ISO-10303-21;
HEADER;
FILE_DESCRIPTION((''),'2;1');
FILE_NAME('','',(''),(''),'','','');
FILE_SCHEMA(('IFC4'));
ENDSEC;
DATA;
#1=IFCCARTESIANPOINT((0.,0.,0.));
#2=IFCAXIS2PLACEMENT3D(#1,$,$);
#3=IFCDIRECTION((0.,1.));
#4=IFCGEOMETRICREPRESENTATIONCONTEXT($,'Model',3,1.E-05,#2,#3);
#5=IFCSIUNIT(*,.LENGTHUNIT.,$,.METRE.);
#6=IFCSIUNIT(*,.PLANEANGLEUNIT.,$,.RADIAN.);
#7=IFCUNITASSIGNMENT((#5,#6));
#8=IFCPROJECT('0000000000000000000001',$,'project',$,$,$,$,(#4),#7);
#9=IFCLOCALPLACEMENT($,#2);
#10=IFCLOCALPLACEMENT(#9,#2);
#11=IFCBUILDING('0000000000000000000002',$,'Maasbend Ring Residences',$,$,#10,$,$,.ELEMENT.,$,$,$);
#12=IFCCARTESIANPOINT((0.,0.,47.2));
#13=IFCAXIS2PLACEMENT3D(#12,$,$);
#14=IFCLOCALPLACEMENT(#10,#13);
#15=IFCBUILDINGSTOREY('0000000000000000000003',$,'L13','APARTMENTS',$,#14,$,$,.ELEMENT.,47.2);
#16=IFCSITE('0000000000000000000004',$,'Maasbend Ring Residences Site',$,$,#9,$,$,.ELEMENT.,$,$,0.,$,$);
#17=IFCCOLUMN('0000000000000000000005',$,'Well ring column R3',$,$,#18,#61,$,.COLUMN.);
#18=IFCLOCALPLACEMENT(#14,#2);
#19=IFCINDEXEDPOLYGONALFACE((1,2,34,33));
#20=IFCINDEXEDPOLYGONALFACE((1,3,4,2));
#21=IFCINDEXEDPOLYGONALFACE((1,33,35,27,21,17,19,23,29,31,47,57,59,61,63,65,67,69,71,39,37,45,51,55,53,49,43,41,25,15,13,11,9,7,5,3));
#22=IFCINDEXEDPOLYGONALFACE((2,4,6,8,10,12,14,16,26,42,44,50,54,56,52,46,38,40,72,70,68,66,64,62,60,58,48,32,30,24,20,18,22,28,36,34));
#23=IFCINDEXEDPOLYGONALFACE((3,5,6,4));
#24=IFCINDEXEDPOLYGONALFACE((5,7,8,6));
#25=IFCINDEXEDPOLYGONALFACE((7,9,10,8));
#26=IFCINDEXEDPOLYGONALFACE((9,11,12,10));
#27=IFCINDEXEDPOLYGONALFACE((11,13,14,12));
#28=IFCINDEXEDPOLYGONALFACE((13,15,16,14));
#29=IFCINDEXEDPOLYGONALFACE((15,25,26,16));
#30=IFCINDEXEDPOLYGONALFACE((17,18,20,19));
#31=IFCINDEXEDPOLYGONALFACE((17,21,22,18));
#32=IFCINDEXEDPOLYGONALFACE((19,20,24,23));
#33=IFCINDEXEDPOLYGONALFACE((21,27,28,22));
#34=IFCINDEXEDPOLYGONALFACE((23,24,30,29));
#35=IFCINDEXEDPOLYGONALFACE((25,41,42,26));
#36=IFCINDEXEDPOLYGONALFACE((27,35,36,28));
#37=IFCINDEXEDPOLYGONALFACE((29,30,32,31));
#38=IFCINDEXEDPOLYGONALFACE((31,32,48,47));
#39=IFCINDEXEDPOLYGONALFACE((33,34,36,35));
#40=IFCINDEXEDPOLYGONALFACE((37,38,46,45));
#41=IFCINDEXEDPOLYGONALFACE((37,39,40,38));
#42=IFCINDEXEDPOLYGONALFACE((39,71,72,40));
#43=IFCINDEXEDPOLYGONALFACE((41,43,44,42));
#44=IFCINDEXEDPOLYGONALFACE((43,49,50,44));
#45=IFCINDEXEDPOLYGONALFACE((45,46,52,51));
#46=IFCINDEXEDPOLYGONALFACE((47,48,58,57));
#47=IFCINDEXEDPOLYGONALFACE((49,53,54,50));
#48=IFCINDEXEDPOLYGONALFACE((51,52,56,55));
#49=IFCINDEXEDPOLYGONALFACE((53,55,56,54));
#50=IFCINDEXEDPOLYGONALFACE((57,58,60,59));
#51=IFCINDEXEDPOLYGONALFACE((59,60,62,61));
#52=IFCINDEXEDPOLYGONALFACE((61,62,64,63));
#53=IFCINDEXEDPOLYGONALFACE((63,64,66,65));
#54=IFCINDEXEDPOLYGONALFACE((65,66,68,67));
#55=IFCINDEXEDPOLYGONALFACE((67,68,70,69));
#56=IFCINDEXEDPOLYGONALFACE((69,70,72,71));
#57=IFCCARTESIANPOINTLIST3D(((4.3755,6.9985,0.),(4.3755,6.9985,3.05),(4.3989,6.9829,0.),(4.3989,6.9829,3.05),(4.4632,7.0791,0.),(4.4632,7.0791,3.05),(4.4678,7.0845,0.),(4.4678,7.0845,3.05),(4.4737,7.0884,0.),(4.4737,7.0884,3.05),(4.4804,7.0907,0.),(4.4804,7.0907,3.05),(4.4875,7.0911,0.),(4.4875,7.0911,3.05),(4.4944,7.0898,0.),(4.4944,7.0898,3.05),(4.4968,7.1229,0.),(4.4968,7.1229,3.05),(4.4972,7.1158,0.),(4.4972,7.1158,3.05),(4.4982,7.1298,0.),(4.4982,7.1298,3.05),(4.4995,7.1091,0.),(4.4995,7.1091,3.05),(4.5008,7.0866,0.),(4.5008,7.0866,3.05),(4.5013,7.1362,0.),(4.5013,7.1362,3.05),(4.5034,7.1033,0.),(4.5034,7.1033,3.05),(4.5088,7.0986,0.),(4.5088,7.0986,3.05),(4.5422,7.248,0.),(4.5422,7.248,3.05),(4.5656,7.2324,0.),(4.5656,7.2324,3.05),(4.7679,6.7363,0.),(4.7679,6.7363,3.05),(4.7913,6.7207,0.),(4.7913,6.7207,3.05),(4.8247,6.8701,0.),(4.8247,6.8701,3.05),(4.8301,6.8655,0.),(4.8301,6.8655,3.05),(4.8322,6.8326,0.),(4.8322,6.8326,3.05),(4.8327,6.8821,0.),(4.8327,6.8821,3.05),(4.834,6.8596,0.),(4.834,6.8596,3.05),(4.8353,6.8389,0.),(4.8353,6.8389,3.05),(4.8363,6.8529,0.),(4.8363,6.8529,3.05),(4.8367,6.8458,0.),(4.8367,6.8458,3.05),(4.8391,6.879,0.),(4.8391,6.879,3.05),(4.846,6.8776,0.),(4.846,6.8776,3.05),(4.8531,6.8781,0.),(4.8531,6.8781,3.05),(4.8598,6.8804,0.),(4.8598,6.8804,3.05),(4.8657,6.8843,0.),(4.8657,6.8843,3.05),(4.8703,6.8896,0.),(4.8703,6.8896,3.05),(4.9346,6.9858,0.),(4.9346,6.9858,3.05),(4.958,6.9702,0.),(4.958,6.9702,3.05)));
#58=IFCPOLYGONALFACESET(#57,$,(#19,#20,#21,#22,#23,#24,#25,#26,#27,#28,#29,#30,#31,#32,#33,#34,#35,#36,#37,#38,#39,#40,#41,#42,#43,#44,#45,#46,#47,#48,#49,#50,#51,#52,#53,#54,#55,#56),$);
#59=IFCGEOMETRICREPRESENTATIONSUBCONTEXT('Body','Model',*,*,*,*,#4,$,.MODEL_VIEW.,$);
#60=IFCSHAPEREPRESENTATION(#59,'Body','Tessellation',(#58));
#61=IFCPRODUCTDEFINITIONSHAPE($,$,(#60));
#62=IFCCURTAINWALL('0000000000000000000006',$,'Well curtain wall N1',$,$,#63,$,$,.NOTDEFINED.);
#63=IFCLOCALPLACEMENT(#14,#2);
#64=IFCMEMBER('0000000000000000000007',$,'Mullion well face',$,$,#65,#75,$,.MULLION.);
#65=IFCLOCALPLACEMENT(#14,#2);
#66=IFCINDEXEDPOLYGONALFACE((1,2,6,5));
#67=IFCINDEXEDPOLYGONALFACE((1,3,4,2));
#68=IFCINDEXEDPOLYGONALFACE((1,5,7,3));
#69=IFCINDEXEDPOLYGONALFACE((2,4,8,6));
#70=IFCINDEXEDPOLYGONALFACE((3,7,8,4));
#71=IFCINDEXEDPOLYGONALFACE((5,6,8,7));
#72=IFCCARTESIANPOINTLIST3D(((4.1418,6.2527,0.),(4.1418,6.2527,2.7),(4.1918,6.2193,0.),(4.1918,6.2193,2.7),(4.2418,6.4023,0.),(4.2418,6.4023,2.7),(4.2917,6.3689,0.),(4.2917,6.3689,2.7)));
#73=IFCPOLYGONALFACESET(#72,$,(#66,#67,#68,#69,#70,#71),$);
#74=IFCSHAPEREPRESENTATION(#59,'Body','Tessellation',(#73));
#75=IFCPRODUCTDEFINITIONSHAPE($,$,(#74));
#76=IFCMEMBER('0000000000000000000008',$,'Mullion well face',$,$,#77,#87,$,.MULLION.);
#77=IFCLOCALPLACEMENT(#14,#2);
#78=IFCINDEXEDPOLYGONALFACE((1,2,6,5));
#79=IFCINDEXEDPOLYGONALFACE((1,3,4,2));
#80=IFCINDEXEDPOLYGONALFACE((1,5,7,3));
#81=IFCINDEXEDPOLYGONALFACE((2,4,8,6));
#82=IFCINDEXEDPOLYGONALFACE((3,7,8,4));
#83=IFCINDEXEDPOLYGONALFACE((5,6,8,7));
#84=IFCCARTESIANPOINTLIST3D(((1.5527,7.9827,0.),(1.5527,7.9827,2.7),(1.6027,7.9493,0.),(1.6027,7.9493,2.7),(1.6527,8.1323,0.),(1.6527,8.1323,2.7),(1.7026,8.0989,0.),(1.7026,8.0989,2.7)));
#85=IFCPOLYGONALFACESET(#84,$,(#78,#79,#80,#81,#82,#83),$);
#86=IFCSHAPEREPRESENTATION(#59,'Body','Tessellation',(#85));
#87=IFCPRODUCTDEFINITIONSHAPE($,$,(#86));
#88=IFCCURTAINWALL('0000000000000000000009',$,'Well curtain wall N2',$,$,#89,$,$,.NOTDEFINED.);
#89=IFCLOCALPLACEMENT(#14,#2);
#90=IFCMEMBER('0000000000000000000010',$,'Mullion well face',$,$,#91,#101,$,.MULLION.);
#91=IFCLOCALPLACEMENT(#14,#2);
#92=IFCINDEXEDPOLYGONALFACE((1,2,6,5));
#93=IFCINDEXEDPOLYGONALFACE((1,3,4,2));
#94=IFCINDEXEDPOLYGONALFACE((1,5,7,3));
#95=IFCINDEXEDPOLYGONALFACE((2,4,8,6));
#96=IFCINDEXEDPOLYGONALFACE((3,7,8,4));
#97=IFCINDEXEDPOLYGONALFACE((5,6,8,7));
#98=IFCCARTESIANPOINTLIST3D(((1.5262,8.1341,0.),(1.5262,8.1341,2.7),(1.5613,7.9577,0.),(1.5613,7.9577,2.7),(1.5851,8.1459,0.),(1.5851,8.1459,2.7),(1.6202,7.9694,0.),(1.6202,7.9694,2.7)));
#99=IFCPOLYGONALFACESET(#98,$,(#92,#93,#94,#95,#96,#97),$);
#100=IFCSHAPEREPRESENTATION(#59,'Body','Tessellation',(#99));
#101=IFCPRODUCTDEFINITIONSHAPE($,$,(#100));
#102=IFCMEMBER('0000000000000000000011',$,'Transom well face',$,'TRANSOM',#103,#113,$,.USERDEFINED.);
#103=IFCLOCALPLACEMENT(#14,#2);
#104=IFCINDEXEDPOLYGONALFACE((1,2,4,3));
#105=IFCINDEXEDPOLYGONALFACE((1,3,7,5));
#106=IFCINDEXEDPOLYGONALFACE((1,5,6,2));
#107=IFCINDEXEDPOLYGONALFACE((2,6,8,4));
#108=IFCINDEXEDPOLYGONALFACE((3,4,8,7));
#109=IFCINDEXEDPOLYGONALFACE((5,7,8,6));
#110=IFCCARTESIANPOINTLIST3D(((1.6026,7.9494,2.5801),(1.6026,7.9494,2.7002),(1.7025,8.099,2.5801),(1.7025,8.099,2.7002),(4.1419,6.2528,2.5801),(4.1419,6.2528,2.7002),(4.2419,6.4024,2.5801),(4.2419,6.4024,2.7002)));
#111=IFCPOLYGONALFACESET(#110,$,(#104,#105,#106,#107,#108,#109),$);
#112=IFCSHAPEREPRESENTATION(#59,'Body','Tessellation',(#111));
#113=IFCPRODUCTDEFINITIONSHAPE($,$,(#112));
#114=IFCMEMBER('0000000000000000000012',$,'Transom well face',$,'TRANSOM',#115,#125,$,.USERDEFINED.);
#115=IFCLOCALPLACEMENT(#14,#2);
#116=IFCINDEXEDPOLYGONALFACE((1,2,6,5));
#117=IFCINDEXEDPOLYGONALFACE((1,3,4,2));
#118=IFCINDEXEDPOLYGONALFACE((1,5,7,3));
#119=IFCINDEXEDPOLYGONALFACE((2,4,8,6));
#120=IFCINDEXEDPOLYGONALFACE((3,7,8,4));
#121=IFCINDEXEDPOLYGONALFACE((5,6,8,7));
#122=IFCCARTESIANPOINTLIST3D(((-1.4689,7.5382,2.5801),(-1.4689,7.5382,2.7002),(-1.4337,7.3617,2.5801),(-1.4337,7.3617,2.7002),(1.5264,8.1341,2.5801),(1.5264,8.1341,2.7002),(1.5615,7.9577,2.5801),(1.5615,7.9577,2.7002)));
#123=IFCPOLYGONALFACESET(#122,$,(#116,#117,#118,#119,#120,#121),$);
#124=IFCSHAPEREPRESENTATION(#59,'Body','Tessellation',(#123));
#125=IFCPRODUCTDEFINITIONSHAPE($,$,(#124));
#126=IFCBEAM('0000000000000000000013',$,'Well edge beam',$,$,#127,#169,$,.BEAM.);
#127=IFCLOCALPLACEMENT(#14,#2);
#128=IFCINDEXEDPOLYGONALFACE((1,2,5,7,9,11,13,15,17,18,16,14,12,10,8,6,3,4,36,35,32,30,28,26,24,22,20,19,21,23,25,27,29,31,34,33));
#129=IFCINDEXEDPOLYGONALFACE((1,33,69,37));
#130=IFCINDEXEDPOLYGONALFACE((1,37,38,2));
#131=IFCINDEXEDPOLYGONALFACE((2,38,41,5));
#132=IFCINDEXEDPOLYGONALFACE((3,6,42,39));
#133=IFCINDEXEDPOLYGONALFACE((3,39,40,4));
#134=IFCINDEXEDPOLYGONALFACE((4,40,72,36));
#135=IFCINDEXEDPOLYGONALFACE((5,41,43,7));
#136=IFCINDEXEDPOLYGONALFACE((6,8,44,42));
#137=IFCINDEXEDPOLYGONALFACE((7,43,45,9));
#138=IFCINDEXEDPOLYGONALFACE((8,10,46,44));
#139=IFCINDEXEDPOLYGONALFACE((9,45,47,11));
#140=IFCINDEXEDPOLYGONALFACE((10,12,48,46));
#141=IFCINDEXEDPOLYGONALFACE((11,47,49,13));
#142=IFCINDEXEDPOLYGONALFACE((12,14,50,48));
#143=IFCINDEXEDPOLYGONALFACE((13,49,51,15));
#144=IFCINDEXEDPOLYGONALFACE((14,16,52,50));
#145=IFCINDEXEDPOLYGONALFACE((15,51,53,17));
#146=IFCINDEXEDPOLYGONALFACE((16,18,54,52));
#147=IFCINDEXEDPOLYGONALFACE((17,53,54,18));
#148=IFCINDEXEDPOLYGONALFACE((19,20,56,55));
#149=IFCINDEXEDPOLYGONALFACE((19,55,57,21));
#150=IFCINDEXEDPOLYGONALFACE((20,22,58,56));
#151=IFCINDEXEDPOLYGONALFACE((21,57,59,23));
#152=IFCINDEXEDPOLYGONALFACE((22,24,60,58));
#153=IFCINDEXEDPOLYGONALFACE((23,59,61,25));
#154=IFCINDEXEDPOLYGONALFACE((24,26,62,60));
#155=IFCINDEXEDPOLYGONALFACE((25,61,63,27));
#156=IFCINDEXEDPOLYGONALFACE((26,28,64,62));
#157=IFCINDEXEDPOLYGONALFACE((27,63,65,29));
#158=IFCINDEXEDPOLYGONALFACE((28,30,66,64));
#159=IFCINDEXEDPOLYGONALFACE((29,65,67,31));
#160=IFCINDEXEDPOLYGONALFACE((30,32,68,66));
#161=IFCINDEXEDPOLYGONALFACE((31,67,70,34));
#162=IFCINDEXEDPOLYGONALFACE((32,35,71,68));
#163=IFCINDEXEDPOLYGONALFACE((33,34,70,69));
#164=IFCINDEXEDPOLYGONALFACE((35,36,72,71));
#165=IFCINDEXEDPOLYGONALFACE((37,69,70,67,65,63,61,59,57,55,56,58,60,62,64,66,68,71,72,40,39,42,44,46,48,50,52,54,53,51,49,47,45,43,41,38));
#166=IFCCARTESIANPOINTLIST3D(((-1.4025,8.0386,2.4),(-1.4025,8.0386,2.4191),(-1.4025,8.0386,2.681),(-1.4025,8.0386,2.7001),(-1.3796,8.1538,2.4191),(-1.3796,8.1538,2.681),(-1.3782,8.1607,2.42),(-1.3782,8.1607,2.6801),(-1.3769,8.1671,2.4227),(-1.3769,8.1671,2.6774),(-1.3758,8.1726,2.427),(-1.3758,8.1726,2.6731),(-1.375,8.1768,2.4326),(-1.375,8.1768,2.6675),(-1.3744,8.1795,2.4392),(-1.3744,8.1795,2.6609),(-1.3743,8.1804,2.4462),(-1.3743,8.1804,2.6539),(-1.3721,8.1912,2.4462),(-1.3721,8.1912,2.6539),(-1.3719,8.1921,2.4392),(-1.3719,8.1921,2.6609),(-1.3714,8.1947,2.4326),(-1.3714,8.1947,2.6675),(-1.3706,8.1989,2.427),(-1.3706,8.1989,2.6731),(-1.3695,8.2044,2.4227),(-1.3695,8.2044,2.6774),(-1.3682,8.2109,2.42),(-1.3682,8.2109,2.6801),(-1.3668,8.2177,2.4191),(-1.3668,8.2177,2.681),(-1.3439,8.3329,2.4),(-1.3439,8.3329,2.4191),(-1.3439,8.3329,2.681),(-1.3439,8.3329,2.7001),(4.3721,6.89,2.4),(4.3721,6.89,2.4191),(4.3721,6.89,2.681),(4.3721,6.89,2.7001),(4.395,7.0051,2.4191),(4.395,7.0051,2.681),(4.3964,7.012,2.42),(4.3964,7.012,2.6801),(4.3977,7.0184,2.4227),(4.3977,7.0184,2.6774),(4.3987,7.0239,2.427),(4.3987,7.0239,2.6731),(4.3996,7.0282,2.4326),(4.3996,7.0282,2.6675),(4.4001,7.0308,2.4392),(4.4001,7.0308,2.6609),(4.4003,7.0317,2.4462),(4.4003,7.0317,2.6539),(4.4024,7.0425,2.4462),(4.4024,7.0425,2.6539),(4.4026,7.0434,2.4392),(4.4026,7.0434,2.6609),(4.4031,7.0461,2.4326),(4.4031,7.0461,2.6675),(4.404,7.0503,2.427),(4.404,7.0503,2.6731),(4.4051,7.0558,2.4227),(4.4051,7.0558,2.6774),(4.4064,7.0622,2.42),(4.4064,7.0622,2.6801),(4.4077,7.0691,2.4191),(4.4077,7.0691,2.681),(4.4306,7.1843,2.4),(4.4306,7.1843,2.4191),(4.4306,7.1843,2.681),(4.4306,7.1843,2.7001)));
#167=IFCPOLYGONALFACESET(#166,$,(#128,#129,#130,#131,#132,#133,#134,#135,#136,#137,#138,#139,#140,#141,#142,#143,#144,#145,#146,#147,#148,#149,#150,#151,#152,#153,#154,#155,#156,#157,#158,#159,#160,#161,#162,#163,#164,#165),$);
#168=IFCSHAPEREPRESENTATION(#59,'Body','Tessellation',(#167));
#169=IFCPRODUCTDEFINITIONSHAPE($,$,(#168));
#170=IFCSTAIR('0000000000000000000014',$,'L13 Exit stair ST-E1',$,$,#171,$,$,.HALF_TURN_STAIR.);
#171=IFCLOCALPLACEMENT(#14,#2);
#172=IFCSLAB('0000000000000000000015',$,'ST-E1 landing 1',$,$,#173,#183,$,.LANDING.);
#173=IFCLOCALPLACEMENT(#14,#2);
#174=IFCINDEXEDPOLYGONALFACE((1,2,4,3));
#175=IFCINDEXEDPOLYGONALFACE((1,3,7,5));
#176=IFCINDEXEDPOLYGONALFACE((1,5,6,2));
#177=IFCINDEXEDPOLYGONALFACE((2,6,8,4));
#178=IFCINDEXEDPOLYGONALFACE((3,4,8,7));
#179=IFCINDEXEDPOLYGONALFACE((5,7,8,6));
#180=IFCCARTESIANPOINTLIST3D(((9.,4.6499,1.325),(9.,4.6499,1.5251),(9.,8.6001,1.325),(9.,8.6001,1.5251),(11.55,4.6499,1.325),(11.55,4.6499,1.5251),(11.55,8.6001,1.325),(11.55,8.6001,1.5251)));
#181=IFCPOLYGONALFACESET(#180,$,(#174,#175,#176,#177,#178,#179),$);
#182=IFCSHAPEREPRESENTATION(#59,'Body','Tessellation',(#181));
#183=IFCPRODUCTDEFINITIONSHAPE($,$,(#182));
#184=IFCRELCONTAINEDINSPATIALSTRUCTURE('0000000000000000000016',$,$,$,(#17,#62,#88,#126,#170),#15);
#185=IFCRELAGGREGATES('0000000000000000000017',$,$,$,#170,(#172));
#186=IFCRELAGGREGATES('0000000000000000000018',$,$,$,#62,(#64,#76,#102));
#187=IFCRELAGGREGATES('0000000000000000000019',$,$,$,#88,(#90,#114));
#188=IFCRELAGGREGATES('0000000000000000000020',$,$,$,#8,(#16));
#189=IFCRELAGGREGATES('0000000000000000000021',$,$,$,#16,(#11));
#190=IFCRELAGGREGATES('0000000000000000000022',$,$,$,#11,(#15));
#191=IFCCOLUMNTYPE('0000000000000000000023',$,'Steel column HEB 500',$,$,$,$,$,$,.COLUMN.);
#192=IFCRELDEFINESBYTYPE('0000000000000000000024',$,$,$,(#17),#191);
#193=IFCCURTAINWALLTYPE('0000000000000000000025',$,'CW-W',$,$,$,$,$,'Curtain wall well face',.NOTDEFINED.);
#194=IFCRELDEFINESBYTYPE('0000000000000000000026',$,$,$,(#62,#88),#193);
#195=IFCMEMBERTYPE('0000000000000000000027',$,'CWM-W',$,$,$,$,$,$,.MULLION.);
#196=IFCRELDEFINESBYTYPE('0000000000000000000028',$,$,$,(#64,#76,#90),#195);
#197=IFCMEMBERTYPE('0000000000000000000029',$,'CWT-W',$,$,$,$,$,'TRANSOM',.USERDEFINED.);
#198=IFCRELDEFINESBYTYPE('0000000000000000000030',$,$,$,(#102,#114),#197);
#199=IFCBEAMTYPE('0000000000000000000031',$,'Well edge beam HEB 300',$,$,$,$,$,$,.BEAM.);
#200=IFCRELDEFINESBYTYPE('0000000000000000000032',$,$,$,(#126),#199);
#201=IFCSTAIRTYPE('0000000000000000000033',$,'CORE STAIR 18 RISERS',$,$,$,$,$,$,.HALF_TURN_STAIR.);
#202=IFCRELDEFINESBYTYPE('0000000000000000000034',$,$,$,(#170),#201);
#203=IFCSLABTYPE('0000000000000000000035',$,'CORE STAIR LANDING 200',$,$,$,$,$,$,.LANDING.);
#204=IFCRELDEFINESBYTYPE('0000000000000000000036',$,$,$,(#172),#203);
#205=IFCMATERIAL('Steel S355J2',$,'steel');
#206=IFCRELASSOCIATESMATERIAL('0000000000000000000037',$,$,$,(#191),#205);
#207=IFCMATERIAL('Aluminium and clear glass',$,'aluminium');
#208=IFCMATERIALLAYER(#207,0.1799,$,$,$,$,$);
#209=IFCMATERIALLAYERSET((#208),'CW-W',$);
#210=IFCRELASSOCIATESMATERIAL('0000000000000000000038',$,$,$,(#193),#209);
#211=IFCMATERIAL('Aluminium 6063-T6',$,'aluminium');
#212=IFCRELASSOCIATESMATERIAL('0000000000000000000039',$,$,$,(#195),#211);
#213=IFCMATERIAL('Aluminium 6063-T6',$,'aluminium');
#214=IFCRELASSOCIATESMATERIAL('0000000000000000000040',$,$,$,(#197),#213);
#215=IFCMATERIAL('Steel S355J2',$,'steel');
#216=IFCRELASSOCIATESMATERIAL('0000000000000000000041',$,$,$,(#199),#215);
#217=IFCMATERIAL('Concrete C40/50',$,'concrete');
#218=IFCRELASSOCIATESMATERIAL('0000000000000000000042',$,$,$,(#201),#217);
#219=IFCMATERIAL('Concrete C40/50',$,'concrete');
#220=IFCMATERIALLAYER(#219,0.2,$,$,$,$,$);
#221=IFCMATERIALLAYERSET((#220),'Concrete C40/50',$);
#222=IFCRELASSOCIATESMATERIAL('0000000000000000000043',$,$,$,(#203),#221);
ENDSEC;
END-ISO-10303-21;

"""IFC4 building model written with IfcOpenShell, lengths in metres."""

from ifc_helpers import new_model, si_unit, direction, frame, origin, origin_2d, place, context, subcontext, project, spatial, polyline, rectangle, i_section, outline, extrude, material, layer, layer_set, material_profile, profile_set, type_object, element, aggregate, save


model = new_model("IFC4")

# Units and contexts
model_context = context("Model", 3, precision=1e-05, world=origin(), true_north=direction((0.0, 1.0)))
body_context = subcontext(model_context, "Body", "Model", "MODEL_VIEW")
ifc_project = project(units=[si_unit("LENGTHUNIT", "METRE"), si_unit("PLANEANGLEUNIT", "RADIAN")], contexts=[model_context])

# Site, building, storey
site_placement = place(None, origin())
site = spatial("IfcSite", under=ifc_project, at=site_placement, Name="Maasbend Ring Residences Site", CompositionType="ELEMENT", RefElevation=0.0)
building_placement = place(site_placement, origin())
building = spatial("IfcBuilding", under=site, at=building_placement, Name="Maasbend Ring Residences", CompositionType="ELEMENT")
storey_placement = place(building_placement, frame((0.0, 0.0, 47.2)))
storey = spatial("IfcBuildingStorey", under=building, at=storey_placement, Name="L13", Description="APARTMENTS", CompositionType="ELEMENT", Elevation=47.2)

# Column
ifc_material_1 = material(Name="Steel S355J2", Category="steel")
ifc_material_profile_1 = material_profile(ifc_material_1, i_section(OverallWidth=0.3, OverallDepth=0.5, WebThickness=0.0144, FlangeThickness=0.0281, FilletRadius=0.0271, at=origin_2d()), Name="HEB 500")
ifc_profile_set_1 = profile_set([ifc_material_profile_1], Name="Steel S355J2")
column_type = type_object("IfcColumnType", Name="Steel column HEB 500", PredefinedType="COLUMN", material=ifc_profile_set_1)
column_placement = place(storey_placement, frame((4.6667, 6.9844, 0.0), z_axis=(0.0, 0.0, 1.0), x_axis=(0.55557, 0.83147, 0.0)))
element("IfcColumn", 1, at=column_placement, inside=storey, type_object=column_type, Name="Well ring column R3", PredefinedType="COLUMN", context=body_context, shape_type="SweptSolid", body=[
    extrude(i_section(OverallWidth=0.3, OverallDepth=0.5, WebThickness=0.0144, FlangeThickness=0.0281, FilletRadius=0.0271, at=origin_2d()), origin(), (0.0, 0.0, 1.0), 3.05),
])

# Curtain wall, members
ifc_material_2 = material(Name="Aluminium and clear glass", Category="aluminium")
ifc_layer_1 = layer(ifc_material_2, 0.1799)
ifc_layer_set_1 = layer_set([ifc_layer_1], Name="CW-W")
curtain_wall_type = type_object("IfcCurtainWallType", Name="CW-W", ElementType="Curtain wall well face", PredefinedType="NOTDEFINED", material=ifc_layer_set_1)
curtain_wall_1_placement = place(storey_placement, origin())
curtain_wall_1 = element("IfcCurtainWall", 2, at=curtain_wall_1_placement, inside=storey, type_object=curtain_wall_type, Name="Well curtain wall N1", PredefinedType="NOTDEFINED")
ifc_material_3 = material(Name="Aluminium 6063-T6", Category="aluminium")
ifc_material_profile_2 = material_profile(ifc_material_3, rectangle(XDim=0.1799, YDim=0.0601, at=origin_2d()), Name="AL 180x60")
ifc_profile_set_2 = profile_set([ifc_material_profile_2], Name="Aluminium 6063-T6")
member_type_1 = type_object("IfcMemberType", Name="CWM-W", PredefinedType="MULLION", material=ifc_profile_set_2)
member_1_placement = place(storey_placement, frame((4.2168, 6.3108, 0.0), z_axis=(0.0, 0.0, 1.0), x_axis=(-0.55557, -0.83147, 0.0)))
member_1 = element("IfcMember", 3, at=member_1_placement, type_object=member_type_1, Name="Mullion well face", PredefinedType="MULLION", context=body_context, shape_type="SweptSolid", body=[
    extrude(rectangle(XDim=0.1799, YDim=0.0601, at=origin_2d()), origin(), (0.0, 0.0, 1.0), 2.7),
])
member_2_placement = place(storey_placement, frame((1.6277, 8.0408, 0.0), z_axis=(0.0, 0.0, 1.0), x_axis=(-0.55557, -0.83147, 0.0)))
member_2 = element("IfcMember", 4, at=member_2_placement, type_object=member_type_1, Name="Mullion well face", PredefinedType="MULLION", context=body_context, shape_type="SweptSolid", body=[
    extrude(rectangle(XDim=0.1799, YDim=0.0601, at=origin_2d()), origin(), (0.0, 0.0, 1.0), 2.7),
])

# Curtain wall, member
curtain_wall_2_placement = place(storey_placement, origin())
curtain_wall_2 = element("IfcCurtainWall", 5, at=curtain_wall_2_placement, inside=storey, type_object=curtain_wall_type, Name="Well curtain wall N2", PredefinedType="NOTDEFINED")
member_3_placement = place(storey_placement, frame((1.5732, 8.0518, 0.0), z_axis=(0.0, 0.0, 1.0), x_axis=(0.19509, -0.980785, 0.0)))
member_3 = element("IfcMember", 6, at=member_3_placement, type_object=member_type_1, Name="Mullion well face", PredefinedType="MULLION", context=body_context, shape_type="SweptSolid", body=[
    extrude(rectangle(XDim=0.1799, YDim=0.0601, at=origin_2d()), origin(), (0.0, 0.0, 1.0), 2.7),
])

# Members
ifc_material_4 = material(Name="Aluminium 6063-T6", Category="aluminium")
ifc_material_profile_3 = material_profile(ifc_material_4, rectangle(XDim=0.1799, YDim=0.1201, at=origin_2d()), Name="AL 180x120")
ifc_profile_set_3 = profile_set([ifc_material_profile_3], Name="Aluminium 6063-T6")
member_type_2 = type_object("IfcMemberType", Name="CWT-W", ElementType="TRANSOM", PredefinedType="USERDEFINED", material=ifc_profile_set_3)
member_4_placement = place(storey_placement, frame((4.1919, 6.3276, 2.6401), z_axis=(-0.831496, 0.55553, 0.0), x_axis=(-0.55553, -0.831496, 0.0)))
member_4 = element("IfcMember", 7, at=member_4_placement, type_object=member_type_2, Name="Transom well face", ObjectType="TRANSOM", PredefinedType="USERDEFINED", context=body_context, shape_type="SweptSolid", body=[
    extrude(rectangle(XDim=0.1799, YDim=0.1201, at=origin_2d()), origin(), (0.0, 0.0, 1.0), 3.054),
])
member_5_placement = place(storey_placement, frame((1.5439, 8.0459, 2.6401), z_axis=(-0.980777, -0.195132, 0.0), x_axis=(0.195132, -0.980777, 0.0)))
member_5 = element("IfcMember", 8, at=member_5_placement, type_object=member_type_2, Name="Transom well face", ObjectType="TRANSOM", PredefinedType="USERDEFINED", context=body_context, shape_type="SweptSolid", body=[
    extrude(rectangle(XDim=0.1799, YDim=0.1201, at=origin_2d()), origin(), (0.0, 0.0, 1.0), 3.054),
])

# Beam
ifc_material_5 = material(Name="Steel S355J2", Category="steel")
ifc_material_profile_4 = material_profile(ifc_material_5, i_section(OverallWidth=0.3, OverallDepth=0.3, WebThickness=0.011, FlangeThickness=0.019, FilletRadius=0.0271, at=origin_2d()), Name="HEB 300")
ifc_profile_set_4 = profile_set([ifc_material_profile_4], Name="Steel S355J2")
beam_type = type_object("IfcBeamType", Name="Well edge beam HEB 300", PredefinedType="BEAM", material=ifc_profile_set_4)
beam_placement = place(storey_placement, frame((4.4014, 7.0371, 2.55), z_axis=(-0.980784, 0.195095, 0.0), x_axis=(-0.195095, -0.980784, 0.0)))
element("IfcBeam", 9, at=beam_placement, inside=storey, type_object=beam_type, Name="Well edge beam", PredefinedType="BEAM", context=body_context, shape_type="SweptSolid", body=[
    extrude(i_section(OverallWidth=0.3, OverallDepth=0.3, WebThickness=0.011, FlangeThickness=0.019, FilletRadius=0.0271, at=origin_2d()), origin(), (0.0, 0.0, 1.0), 5.8877),
])

# Stair, slab
ifc_material_6 = material(Name="Concrete C40/50", Category="concrete")
stair_type = type_object("IfcStairType", Name="CORE STAIR 18 RISERS", PredefinedType="HALF_TURN_STAIR", material=ifc_material_6)
stair_1_placement = place(storey_placement, origin())
stair_1 = element("IfcStair", 10, at=stair_1_placement, inside=storey, type_object=stair_type, Name="L13 Exit stair ST-E1", PredefinedType="HALF_TURN_STAIR")
ifc_material_7 = material(Name="Concrete C40/50", Category="concrete")
ifc_layer_2 = layer(ifc_material_7, 0.2)
ifc_layer_set_2 = layer_set([ifc_layer_2], Name="Concrete C40/50")
slab_type = type_object("IfcSlabType", Name="CORE STAIR LANDING 200", PredefinedType="LANDING", material=ifc_layer_set_2)
slab_1_placement = place(storey_placement, frame((0.0, 0.0, 1.325)))
slab_1 = element("IfcSlab", 11, at=slab_1_placement, type_object=slab_type, Name="ST-E1 landing 1", PredefinedType="LANDING", context=body_context, shape_type="SweptSolid", body=[
    extrude(outline(polyline([(11.55, 8.6001), (9.0, 8.6001), (9.0, 4.6499), (11.55, 4.6499), (11.55, 8.6001)])), origin(), (0.0, 0.0, 1.0), 0.2002),
])
aggregate(stair_1, [slab_1])

aggregate(curtain_wall_1, [member_1, member_2, member_4])
aggregate(curtain_wall_2, [member_3, member_5])

save(model, "model.ifc")
